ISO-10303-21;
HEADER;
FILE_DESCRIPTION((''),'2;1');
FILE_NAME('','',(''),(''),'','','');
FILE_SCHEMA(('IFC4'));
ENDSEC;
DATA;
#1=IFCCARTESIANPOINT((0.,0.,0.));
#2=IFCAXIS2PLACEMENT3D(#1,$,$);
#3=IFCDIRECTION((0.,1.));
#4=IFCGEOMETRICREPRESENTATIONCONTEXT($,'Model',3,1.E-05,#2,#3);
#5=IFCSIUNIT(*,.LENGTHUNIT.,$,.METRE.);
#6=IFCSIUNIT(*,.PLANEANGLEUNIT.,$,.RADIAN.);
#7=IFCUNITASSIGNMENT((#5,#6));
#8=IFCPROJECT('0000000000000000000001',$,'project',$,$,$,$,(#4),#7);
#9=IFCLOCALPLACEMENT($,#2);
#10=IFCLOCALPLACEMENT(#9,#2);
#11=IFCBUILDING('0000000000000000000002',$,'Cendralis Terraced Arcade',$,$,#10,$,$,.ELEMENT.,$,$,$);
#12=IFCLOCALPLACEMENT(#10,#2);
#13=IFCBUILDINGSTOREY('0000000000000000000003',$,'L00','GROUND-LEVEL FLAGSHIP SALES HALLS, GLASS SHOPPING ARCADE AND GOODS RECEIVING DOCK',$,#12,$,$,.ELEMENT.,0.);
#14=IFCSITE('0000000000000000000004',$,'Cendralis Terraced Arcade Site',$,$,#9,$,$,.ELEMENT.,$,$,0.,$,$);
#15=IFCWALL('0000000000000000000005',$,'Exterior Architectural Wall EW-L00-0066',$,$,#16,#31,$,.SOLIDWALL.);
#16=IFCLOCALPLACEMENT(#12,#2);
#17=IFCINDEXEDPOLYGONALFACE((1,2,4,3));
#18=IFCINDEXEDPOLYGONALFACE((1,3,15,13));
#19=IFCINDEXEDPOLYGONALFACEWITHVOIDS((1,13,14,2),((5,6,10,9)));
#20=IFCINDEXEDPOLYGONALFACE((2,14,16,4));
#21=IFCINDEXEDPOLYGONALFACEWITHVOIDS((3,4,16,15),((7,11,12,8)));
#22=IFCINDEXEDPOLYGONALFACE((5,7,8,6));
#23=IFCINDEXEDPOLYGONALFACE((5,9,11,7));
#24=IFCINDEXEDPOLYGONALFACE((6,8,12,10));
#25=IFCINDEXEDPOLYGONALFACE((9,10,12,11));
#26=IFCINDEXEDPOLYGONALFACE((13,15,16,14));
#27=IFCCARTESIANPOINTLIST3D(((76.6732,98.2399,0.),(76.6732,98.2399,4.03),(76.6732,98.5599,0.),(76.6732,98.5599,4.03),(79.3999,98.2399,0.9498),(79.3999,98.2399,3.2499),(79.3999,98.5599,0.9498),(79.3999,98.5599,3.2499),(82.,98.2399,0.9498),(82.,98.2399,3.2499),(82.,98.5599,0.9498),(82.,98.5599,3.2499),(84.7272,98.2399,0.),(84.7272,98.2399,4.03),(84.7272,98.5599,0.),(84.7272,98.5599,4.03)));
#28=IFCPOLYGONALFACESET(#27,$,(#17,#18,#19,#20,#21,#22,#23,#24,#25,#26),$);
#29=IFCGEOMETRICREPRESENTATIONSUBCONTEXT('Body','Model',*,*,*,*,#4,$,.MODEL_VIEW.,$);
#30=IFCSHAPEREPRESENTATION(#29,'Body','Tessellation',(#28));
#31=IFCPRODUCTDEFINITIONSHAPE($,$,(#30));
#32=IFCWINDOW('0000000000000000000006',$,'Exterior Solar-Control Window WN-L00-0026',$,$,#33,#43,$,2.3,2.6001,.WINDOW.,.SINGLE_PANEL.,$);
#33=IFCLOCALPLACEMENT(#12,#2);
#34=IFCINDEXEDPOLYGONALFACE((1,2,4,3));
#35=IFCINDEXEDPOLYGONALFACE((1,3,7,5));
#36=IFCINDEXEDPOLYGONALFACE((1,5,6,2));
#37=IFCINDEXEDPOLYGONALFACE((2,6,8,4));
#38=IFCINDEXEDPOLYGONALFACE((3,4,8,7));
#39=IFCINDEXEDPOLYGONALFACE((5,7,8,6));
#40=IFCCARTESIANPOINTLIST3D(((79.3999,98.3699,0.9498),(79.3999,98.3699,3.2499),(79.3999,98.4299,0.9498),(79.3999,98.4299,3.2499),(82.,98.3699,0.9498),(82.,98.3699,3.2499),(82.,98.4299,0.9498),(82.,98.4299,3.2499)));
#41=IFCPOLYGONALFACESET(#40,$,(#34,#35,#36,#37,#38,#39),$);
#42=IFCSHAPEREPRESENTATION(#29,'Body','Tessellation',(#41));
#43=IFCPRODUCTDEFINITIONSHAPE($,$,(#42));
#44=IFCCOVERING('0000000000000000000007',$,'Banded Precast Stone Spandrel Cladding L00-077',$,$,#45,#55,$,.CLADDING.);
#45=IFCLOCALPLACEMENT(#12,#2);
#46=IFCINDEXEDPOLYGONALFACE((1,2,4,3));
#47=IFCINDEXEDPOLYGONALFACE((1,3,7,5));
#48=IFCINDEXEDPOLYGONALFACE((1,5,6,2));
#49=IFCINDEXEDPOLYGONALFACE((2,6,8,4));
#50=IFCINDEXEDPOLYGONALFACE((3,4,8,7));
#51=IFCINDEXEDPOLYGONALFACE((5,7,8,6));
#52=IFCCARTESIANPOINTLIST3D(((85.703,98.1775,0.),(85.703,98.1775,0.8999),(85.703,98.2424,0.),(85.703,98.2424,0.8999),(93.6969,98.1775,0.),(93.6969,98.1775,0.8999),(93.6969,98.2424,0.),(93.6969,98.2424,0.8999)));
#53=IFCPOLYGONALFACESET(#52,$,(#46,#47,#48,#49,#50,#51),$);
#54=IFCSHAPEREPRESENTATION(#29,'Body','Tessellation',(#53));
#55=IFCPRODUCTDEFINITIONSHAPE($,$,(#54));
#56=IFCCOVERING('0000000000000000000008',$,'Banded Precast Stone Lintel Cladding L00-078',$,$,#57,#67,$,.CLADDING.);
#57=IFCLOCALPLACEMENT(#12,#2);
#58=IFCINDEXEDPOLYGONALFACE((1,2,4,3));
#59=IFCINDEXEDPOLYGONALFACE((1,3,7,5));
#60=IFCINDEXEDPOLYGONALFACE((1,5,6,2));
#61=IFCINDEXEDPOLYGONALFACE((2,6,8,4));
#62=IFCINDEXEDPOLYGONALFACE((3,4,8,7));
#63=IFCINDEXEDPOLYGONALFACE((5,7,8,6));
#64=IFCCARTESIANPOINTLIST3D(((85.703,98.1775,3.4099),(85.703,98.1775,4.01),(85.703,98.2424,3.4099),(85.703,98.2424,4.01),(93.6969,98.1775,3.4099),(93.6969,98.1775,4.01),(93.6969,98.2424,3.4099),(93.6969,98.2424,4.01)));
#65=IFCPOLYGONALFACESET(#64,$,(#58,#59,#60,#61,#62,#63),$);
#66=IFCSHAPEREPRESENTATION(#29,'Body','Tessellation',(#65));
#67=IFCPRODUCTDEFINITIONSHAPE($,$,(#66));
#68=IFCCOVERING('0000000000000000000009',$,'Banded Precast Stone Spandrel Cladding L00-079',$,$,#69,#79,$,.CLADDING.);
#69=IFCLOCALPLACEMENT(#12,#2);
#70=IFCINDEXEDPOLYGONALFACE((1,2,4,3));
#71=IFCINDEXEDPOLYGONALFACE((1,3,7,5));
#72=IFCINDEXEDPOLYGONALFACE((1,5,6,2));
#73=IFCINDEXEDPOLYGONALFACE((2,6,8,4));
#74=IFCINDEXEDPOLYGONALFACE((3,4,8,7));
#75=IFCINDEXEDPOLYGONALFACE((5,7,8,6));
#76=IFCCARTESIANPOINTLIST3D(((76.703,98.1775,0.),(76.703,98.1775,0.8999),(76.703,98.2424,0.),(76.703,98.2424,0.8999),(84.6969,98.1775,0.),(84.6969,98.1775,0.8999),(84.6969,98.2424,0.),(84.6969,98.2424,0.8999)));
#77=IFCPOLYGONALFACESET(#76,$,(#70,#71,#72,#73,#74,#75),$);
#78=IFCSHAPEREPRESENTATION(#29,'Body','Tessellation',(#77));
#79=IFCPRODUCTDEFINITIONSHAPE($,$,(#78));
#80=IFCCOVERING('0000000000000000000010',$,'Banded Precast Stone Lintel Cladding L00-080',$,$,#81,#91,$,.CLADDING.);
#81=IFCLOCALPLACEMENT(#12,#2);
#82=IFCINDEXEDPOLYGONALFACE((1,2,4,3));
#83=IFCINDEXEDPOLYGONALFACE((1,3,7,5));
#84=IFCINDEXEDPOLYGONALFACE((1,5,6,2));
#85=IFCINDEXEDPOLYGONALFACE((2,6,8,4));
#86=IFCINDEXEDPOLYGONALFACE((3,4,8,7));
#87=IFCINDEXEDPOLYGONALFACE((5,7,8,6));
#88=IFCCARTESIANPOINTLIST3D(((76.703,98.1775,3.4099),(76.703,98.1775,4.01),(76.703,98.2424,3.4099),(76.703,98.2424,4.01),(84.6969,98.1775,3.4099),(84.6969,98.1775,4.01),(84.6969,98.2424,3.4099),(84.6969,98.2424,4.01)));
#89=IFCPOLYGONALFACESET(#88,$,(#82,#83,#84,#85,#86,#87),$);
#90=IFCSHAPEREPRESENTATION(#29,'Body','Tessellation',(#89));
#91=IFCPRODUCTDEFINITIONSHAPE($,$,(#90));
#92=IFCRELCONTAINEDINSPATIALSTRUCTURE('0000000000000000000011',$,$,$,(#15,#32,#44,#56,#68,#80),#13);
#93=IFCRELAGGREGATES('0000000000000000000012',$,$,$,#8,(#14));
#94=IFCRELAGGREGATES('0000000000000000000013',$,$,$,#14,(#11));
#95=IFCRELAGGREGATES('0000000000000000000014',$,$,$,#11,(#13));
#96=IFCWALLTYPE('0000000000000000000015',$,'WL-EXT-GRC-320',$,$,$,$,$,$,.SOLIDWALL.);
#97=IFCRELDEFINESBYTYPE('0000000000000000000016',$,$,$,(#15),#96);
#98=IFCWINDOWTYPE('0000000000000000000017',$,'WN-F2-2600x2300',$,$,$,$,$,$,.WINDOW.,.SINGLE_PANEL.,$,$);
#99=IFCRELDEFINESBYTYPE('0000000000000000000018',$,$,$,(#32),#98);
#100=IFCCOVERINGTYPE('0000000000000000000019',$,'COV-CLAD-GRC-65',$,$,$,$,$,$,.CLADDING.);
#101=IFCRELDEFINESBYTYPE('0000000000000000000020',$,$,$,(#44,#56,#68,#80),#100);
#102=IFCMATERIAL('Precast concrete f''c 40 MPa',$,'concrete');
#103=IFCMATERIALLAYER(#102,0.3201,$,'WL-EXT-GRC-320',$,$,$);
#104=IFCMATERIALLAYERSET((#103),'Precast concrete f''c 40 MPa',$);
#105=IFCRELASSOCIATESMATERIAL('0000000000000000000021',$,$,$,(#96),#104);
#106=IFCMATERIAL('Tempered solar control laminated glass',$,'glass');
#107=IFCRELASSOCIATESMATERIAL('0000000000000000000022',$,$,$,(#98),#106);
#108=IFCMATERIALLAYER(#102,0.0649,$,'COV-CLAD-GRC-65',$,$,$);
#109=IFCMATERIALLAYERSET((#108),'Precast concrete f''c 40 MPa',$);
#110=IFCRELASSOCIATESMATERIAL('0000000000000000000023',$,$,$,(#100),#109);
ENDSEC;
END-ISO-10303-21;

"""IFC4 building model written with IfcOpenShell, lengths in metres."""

from ifc_helpers import new_model, si_unit, direction, frame, frame_2d, origin, origin_2d, place, context, subcontext, project, spatial, rectangle, extrude, material, layer, layer_set, type_object, element, fill, save


model = new_model("IFC4")

# Units and contexts
model_context = context("Model", 3, precision=1e-05, world=origin(), true_north=direction((0.0, 1.0)))
body_context = subcontext(model_context, "Body", "Model", "MODEL_VIEW")
ifc_project = project(units=[si_unit("LENGTHUNIT", "METRE"), si_unit("PLANEANGLEUNIT", "RADIAN")], contexts=[model_context])

# Site, building, storey
site_placement = place(None, origin())
site = spatial("IfcSite", under=ifc_project, at=site_placement, Name="Cendralis Terraced Arcade Site", CompositionType="ELEMENT", RefElevation=0.0)
building_placement = place(site_placement, origin())
building = spatial("IfcBuilding", under=site, at=building_placement, Name="Cendralis Terraced Arcade", CompositionType="ELEMENT")
storey_placement = place(building_placement, origin())
storey = spatial("IfcBuildingStorey", under=building, at=storey_placement, Name="L00", Description="GROUND-LEVEL FLAGSHIP SALES HALLS, GLASS SHOPPING ARCADE AND GOODS RECEIVING DOCK", CompositionType="ELEMENT", Elevation=0.0)

# Wall, opening, window
ifc_material_1 = material(Name="Precast concrete f'c 40 MPa", Category="concrete")
ifc_layer_1 = layer(ifc_material_1, 0.3201, Name="WL-EXT-GRC-320")
ifc_layer_set_1 = layer_set([ifc_layer_1], Name="Precast concrete f'c 40 MPa")
wall_type = type_object("IfcWallType", Name="WL-EXT-GRC-320", PredefinedType="SOLIDWALL", material=ifc_layer_set_1)
ifc_material_2 = material(Name="Tempered solar control laminated glass", Category="glass")
wall_1_placement = place(storey_placement, frame((84.7271, 98.3999, 0.0), z_axis=(0.0, 0.0, 1.0), x_axis=(-1.0, 0.0, 0.0)))
wall_1 = element("IfcWall", 1, at=wall_1_placement, inside=storey, type_object=wall_type, Name="Exterior Architectural Wall EW-L00-0066", PredefinedType="SOLIDWALL", context=body_context, shape_type="SweptSolid", body=[
    extrude(rectangle(XDim=8.054, YDim=0.3201, at=frame_2d((4.0269, 0.0))), origin(), (0.0, 0.0, 1.0), 4.03),
])
opening_1_placement = place(wall_1_placement, frame((2.7271, 0.0, 0.95)))
opening_1 = element("IfcOpeningElement", 2, at=opening_1_placement, cuts=wall_1, PredefinedType="OPENING", context=body_context, shape_type="SweptSolid", body=[
    extrude(rectangle(XDim=2.6001, YDim=2.3, at=frame_2d((1.3, 1.1499))), frame((0.0, 0.1719, 0.0), z_axis=(0.0, -1.0, 0.0), x_axis=(1.0, 0.0, 0.0)), (0.0, 0.0, 1.0), 0.344),
])
window_type_1 = type_object("IfcWindowType", Name="WN-F2-2600x2300", PartitioningType="SINGLE_PANEL", PredefinedType="WINDOW", material=ifc_material_2)
window_1_placement = place(opening_1_placement, origin())
window_1 = element("IfcWindow", 3, at=window_1_placement, inside=storey, type_object=window_type_1, Name="Exterior Solar-Control Window WN-L00-0026", OverallHeight=2.3, OverallWidth=2.6001, PartitioningType="SINGLE_PANEL", PredefinedType="WINDOW", context=body_context, shape_type="SweptSolid", body=[
    extrude(rectangle(XDim=2.6001, YDim=2.3, at=frame_2d((1.3, 1.1499))), frame((0.0, 0.03, 0.0), z_axis=(0.0, -1.0, 0.0), x_axis=(1.0, 0.0, 0.0)), (0.0, 0.0, 1.0), 0.0601),
])
fill(opening_1, window_1)

# Coverings
ifc_layer_2 = layer(ifc_material_1, 0.0649, Name="COV-CLAD-GRC-65")
ifc_layer_set_2 = layer_set([ifc_layer_2], Name="Precast concrete f'c 40 MPa")
covering_type = type_object("IfcCoveringType", Name="COV-CLAD-GRC-65", PredefinedType="CLADDING", material=ifc_layer_set_2)
covering_1_placement = place(storey_placement, frame((89.7, 98.21, 0.0), z_axis=(0.0, 0.0, 1.0), x_axis=(-1.0, 0.0, 0.0)))
element("IfcCovering", 4, at=covering_1_placement, inside=storey, type_object=covering_type, Name="Banded Precast Stone Spandrel Cladding L00-077", PredefinedType="CLADDING", context=body_context, shape_type="SweptSolid", body=[
    extrude(rectangle(XDim=7.9939, YDim=0.0649, at=origin_2d()), origin(), (0.0, 0.0, 1.0), 0.8999),
])
covering_2_placement = place(storey_placement, frame((89.7, 98.21, 3.4099), z_axis=(0.0, 0.0, 1.0), x_axis=(-1.0, 0.0, 0.0)))
element("IfcCovering", 5, at=covering_2_placement, inside=storey, type_object=covering_type, Name="Banded Precast Stone Lintel Cladding L00-078", PredefinedType="CLADDING", context=body_context, shape_type="SweptSolid", body=[
    extrude(rectangle(XDim=7.9939, YDim=0.0649, at=origin_2d()), origin(), (0.0, 0.0, 1.0), 0.6001),
])
covering_3_placement = place(storey_placement, frame((80.7, 98.21, 0.0), z_axis=(0.0, 0.0, 1.0), x_axis=(-1.0, 0.0, 0.0)))
element("IfcCovering", 6, at=covering_3_placement, inside=storey, type_object=covering_type, Name="Banded Precast Stone Spandrel Cladding L00-079", PredefinedType="CLADDING", context=body_context, shape_type="SweptSolid", body=[
    extrude(rectangle(XDim=7.9939, YDim=0.0649, at=origin_2d()), origin(), (0.0, 0.0, 1.0), 0.8999),
])
covering_4_placement = place(storey_placement, frame((80.7, 98.21, 3.4099), z_axis=(0.0, 0.0, 1.0), x_axis=(-1.0, 0.0, 0.0)))
element("IfcCovering", 7, at=covering_4_placement, inside=storey, type_object=covering_type, Name="Banded Precast Stone Lintel Cladding L00-080", PredefinedType="CLADDING", context=body_context, shape_type="SweptSolid", body=[
    extrude(rectangle(XDim=7.9939, YDim=0.0649, at=origin_2d()), origin(), (0.0, 0.0, 1.0), 0.6001),
])

save(model, "model.ifc")
